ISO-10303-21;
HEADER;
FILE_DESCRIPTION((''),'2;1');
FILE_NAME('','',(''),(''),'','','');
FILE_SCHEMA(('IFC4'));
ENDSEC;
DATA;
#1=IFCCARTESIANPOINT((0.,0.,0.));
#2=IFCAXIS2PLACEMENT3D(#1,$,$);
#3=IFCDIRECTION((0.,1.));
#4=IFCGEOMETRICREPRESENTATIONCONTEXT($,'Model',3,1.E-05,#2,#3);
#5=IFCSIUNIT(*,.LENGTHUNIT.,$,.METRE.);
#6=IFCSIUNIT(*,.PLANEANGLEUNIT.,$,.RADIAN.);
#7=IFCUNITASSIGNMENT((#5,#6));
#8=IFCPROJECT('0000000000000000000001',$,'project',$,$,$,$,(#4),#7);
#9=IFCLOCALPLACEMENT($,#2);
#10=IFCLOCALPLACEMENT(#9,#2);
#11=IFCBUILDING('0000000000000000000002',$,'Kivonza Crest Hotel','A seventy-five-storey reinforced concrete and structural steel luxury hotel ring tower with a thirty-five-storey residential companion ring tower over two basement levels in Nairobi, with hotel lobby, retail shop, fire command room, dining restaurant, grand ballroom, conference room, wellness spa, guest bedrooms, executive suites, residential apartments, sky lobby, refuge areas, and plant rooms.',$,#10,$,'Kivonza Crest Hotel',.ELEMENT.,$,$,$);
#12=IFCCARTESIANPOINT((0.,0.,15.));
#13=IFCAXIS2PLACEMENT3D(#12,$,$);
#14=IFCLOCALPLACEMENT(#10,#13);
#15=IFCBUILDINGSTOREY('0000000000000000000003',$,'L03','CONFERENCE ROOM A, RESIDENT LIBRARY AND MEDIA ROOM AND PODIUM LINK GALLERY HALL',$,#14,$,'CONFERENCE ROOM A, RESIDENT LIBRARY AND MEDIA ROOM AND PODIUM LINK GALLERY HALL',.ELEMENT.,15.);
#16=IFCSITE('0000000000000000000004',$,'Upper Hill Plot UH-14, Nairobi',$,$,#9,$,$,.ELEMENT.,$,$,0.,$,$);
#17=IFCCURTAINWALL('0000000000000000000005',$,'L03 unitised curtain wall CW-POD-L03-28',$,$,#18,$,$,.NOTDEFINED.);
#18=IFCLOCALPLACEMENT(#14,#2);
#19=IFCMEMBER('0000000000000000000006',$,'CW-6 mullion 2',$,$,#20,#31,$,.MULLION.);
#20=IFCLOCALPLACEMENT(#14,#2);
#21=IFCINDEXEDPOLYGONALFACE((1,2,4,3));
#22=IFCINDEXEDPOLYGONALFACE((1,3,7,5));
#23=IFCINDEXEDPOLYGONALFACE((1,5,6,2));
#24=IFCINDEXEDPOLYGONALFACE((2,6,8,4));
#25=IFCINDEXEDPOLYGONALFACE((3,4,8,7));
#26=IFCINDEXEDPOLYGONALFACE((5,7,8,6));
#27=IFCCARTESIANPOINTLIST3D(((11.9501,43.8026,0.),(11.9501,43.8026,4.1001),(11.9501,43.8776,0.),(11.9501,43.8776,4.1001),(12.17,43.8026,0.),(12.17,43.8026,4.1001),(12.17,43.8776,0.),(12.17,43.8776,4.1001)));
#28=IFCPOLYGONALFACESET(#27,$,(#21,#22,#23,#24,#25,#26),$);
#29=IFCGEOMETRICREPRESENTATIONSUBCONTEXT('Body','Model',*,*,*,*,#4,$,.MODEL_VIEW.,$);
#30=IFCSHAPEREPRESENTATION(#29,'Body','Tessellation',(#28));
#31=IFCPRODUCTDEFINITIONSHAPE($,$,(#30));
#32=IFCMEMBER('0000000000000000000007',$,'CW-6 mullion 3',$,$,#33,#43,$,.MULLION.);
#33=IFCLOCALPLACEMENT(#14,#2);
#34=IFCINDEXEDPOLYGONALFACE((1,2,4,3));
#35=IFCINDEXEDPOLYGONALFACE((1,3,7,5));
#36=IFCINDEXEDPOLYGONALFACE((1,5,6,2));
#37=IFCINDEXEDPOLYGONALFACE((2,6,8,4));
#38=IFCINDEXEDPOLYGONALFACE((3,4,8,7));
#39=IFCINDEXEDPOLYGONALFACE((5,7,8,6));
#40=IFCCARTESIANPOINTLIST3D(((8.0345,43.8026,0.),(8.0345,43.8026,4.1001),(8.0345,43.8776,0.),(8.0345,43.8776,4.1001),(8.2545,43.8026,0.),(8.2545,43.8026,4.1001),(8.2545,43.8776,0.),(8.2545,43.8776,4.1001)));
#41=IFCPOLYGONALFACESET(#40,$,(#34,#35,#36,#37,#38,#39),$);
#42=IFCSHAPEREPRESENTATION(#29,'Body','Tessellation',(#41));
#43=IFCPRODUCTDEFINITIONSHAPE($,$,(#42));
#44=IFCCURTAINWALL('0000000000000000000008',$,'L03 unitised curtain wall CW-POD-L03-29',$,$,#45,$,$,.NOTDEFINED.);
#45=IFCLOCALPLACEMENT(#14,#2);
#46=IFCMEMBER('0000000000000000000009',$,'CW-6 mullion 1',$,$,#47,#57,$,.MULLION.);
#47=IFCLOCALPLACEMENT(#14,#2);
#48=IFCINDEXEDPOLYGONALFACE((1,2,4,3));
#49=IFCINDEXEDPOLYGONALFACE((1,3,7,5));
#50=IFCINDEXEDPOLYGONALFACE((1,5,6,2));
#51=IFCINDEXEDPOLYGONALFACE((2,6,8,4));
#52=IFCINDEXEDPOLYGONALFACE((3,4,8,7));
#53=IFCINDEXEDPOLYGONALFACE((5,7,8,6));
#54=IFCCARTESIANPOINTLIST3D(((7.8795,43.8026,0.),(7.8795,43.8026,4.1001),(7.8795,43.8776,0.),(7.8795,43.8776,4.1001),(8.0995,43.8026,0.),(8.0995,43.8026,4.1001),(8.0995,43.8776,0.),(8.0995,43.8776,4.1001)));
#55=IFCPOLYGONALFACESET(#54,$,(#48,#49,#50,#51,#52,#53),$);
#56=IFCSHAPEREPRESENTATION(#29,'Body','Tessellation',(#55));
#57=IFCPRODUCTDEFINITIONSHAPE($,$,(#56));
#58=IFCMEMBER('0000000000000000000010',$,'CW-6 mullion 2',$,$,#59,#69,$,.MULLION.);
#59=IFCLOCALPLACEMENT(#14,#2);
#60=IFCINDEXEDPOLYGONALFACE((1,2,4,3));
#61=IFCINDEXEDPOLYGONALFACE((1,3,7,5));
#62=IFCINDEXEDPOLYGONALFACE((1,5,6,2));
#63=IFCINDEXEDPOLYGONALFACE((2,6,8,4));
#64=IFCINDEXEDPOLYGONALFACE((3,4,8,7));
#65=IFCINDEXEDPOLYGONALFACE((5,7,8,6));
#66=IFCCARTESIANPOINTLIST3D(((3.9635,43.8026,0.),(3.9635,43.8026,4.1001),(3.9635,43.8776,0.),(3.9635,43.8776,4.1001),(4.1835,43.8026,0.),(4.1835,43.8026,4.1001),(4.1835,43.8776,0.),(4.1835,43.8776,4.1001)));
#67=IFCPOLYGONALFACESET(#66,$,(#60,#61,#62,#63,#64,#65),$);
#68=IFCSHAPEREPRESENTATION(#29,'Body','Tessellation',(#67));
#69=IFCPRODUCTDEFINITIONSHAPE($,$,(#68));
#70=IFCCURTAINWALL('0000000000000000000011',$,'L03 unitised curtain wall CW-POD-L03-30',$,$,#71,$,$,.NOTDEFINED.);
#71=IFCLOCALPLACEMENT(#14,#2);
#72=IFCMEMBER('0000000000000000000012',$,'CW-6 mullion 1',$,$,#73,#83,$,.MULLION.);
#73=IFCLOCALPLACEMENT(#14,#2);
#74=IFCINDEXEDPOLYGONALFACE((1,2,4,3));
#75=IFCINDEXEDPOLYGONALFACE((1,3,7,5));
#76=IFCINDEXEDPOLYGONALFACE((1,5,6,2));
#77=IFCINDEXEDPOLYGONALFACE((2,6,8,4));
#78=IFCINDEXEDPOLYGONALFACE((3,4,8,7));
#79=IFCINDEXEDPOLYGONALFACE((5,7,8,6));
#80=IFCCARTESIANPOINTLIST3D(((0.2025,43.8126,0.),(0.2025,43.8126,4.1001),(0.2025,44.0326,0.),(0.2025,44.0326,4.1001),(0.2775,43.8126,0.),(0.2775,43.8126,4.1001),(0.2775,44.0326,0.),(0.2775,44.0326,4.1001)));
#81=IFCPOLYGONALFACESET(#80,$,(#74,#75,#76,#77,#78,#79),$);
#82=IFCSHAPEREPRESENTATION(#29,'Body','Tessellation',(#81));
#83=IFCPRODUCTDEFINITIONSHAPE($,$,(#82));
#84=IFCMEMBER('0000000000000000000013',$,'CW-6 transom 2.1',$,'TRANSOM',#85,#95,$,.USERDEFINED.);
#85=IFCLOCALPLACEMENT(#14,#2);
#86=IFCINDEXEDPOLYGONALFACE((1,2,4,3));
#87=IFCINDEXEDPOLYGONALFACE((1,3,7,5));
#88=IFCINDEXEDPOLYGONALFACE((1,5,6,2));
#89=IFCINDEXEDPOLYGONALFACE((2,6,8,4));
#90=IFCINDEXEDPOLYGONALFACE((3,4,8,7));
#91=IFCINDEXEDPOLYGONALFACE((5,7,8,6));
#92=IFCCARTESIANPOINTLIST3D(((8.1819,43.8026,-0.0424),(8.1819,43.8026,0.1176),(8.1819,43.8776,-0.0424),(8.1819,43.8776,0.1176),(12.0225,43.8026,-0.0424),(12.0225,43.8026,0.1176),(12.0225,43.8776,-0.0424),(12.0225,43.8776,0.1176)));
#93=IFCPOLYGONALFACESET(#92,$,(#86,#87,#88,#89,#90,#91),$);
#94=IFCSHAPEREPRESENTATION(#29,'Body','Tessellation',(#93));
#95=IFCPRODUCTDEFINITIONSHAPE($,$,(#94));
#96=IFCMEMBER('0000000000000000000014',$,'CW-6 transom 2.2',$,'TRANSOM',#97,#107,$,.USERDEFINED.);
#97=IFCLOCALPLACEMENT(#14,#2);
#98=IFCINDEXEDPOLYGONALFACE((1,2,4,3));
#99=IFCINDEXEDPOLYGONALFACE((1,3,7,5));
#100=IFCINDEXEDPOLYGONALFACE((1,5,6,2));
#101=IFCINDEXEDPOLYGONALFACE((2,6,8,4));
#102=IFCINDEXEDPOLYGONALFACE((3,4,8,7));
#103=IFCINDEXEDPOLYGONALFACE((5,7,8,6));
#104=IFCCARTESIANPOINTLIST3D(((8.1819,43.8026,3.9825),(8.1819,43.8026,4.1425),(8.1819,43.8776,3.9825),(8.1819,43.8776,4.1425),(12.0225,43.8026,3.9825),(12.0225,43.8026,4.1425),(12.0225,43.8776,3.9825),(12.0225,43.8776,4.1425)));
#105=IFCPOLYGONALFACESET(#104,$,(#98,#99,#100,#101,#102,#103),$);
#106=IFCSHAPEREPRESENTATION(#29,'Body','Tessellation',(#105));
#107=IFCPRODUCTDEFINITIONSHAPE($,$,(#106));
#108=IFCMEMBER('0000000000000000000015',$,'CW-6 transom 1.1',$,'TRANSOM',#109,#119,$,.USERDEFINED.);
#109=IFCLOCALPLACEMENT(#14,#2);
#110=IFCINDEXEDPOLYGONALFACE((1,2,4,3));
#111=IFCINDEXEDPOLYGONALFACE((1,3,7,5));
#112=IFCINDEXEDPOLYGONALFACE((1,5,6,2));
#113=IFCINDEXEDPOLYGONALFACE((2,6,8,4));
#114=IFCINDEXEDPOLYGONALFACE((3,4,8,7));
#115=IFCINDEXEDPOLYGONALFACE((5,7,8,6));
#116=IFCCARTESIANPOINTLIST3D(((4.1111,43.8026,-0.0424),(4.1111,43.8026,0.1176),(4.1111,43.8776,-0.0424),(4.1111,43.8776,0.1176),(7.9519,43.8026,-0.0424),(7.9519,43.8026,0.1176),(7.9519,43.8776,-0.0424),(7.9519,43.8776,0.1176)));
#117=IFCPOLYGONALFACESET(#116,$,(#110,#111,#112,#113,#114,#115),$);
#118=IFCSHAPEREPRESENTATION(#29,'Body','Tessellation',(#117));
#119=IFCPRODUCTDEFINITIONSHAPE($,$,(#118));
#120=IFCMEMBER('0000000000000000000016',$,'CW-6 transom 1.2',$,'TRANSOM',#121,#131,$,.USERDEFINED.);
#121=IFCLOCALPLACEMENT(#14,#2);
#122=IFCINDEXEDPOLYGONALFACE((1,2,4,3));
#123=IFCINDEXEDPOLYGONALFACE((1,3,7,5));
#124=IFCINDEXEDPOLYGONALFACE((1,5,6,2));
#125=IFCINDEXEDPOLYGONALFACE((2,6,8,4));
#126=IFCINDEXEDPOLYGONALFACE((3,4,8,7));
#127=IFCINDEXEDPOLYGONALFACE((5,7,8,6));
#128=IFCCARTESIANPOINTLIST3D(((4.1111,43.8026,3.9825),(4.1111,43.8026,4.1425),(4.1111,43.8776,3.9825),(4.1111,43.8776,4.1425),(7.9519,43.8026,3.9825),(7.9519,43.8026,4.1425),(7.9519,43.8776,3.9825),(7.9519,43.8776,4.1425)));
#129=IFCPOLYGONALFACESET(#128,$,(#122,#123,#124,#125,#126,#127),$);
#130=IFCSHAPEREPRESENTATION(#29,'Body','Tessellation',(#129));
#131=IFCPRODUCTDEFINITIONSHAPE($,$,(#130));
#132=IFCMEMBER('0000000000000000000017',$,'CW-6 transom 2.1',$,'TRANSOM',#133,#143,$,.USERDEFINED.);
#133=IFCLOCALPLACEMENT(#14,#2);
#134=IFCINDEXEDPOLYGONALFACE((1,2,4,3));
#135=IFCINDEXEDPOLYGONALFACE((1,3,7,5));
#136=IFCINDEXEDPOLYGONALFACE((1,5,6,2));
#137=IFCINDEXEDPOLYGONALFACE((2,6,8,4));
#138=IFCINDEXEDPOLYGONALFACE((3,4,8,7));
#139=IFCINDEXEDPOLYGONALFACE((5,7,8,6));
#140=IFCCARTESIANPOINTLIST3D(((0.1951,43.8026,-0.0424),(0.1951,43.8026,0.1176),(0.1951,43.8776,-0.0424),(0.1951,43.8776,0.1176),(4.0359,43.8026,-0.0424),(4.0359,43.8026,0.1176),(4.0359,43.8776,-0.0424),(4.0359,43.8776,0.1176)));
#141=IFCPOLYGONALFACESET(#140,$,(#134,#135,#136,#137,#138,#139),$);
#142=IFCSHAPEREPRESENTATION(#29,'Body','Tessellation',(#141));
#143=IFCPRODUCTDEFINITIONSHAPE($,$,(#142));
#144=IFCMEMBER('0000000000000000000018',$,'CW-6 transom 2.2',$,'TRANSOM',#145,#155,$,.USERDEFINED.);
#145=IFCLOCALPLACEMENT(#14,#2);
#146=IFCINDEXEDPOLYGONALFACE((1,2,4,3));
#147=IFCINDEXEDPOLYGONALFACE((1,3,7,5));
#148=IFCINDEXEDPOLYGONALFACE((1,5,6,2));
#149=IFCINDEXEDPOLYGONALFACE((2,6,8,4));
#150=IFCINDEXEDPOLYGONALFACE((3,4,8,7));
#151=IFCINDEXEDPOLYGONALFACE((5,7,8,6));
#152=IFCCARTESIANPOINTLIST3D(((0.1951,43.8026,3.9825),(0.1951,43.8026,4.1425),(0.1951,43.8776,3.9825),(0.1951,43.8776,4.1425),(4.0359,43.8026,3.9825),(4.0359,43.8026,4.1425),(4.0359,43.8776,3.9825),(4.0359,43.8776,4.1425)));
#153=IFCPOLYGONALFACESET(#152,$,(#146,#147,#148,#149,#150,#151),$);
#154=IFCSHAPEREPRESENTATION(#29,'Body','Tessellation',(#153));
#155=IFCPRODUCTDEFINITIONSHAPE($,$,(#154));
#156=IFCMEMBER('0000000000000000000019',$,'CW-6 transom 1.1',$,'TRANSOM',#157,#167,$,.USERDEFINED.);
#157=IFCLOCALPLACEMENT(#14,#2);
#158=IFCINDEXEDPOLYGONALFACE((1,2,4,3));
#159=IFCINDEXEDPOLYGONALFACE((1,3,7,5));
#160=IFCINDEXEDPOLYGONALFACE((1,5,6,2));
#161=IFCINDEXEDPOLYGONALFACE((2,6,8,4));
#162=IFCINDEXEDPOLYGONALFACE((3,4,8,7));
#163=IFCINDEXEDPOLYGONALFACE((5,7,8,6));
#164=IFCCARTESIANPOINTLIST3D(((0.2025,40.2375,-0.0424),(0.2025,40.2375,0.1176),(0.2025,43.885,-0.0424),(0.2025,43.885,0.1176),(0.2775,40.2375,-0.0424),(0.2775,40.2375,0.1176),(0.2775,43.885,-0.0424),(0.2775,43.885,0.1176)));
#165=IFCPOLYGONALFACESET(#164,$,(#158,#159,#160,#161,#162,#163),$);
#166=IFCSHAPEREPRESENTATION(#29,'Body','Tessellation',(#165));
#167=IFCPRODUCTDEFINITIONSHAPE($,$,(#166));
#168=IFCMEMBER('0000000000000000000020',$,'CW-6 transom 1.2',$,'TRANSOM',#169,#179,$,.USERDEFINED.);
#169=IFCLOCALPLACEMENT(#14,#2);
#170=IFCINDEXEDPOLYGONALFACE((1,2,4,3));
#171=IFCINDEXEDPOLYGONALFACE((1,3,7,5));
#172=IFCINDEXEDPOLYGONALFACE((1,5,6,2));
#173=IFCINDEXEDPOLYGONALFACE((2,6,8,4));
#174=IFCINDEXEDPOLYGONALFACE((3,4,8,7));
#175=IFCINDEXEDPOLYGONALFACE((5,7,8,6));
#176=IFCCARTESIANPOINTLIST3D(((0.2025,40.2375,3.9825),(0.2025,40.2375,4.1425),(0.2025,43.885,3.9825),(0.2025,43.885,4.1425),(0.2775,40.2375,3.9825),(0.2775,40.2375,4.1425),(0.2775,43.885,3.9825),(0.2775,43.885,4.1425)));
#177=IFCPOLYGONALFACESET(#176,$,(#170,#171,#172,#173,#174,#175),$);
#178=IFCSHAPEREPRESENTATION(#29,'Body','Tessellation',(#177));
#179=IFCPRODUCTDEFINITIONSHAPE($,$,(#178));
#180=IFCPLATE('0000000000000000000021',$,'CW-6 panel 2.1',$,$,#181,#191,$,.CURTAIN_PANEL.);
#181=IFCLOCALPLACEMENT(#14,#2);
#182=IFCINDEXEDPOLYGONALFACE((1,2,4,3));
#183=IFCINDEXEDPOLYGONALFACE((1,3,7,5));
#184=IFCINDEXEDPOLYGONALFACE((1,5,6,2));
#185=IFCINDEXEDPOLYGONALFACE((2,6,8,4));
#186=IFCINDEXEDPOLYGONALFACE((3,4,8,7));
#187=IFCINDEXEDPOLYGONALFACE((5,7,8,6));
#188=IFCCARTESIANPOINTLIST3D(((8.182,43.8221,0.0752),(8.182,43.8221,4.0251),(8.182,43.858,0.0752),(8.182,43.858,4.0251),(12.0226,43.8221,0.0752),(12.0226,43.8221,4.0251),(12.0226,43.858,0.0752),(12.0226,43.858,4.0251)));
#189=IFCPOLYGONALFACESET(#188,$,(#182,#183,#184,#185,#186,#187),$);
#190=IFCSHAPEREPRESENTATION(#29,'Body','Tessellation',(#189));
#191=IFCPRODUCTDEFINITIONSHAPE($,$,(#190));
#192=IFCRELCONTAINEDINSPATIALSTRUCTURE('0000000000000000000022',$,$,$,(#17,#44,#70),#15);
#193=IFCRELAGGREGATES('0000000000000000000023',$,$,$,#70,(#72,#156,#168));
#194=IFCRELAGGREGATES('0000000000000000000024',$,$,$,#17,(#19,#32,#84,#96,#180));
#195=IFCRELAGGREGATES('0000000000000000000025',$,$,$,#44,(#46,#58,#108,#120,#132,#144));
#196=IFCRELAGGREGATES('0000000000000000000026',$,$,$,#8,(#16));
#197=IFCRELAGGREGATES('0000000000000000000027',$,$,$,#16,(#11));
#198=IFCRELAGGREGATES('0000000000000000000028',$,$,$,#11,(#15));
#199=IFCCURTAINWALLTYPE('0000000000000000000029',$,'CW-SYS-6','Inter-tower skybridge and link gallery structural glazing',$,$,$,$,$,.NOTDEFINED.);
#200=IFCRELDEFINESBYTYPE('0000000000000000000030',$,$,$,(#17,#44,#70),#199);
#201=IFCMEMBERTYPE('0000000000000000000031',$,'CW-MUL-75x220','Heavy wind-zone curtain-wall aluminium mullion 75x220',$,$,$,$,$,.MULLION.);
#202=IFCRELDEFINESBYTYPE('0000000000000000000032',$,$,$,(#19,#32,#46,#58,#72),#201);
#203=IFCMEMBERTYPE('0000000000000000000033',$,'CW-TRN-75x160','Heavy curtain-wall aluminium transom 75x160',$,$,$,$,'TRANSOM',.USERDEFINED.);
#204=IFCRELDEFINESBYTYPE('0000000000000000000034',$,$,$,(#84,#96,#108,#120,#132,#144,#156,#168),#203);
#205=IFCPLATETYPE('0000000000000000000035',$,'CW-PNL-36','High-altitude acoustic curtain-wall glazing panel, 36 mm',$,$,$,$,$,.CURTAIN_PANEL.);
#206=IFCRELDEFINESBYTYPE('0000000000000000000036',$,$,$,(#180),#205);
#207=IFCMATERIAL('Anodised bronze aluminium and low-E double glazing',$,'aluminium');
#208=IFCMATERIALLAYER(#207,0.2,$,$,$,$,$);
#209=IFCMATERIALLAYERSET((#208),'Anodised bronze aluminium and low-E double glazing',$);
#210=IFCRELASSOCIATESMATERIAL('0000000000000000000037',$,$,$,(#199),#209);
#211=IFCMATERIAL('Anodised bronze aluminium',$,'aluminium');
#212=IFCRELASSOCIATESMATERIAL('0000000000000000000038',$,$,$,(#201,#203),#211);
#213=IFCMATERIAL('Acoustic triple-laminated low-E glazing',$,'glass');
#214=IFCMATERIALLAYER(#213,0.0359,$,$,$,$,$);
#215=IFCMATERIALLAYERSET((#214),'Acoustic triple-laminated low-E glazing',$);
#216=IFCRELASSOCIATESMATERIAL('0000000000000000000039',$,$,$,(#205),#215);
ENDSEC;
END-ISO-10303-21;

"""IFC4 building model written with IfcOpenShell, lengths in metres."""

from ifc_helpers import new_model, si_unit, direction, frame, origin, origin_2d, place, context, subcontext, project, spatial, rectangle, extrude, material, layer, layer_set, material_profile, profile_set, type_object, element, aggregate, save


model = new_model("IFC4")

# Units and contexts
model_context = context("Model", 3, precision=1e-05, world=origin(), true_north=direction((0.0, 1.0)))
body_context = subcontext(model_context, "Body", "Model", "MODEL_VIEW")
ifc_project = project(units=[si_unit("LENGTHUNIT", "METRE"), si_unit("PLANEANGLEUNIT", "RADIAN")], contexts=[model_context])

# Site, building, storey
site_placement = place(None, origin())
site = spatial("IfcSite", under=ifc_project, at=site_placement, Name="Upper Hill Plot UH-14, Nairobi", CompositionType="ELEMENT", RefElevation=0.0)
building_placement = place(site_placement, origin())
building = spatial("IfcBuilding", under=site, at=building_placement, Name="Kivonza Crest Hotel", Description="A seventy-five-storey reinforced concrete and structural steel luxury hotel ring tower with a thirty-five-storey residential companion ring tower over two basement levels in Nairobi, with hotel lobby, retail shop, fire command room, dining restaurant, grand ballroom, conference room, wellness spa, guest bedrooms, executive suites, residential apartments, sky lobby, refuge areas, and plant rooms.", LongName="Kivonza Crest Hotel", CompositionType="ELEMENT")
storey_placement = place(building_placement, frame((0.0, 0.0, 15.0)))
storey = spatial("IfcBuildingStorey", under=building, at=storey_placement, Name="L03", Description="CONFERENCE ROOM A, RESIDENT LIBRARY AND MEDIA ROOM AND PODIUM LINK GALLERY HALL", LongName="CONFERENCE ROOM A, RESIDENT LIBRARY AND MEDIA ROOM AND PODIUM LINK GALLERY HALL", CompositionType="ELEMENT", Elevation=15.0)

# Curtain walls, members
ifc_material_1 = material(Name="Anodised bronze aluminium and low-E double glazing", Category="aluminium")
ifc_layer_1 = layer(ifc_material_1, 0.2)
ifc_layer_set_1 = layer_set([ifc_layer_1], Name="Anodised bronze aluminium and low-E double glazing")
curtain_wall_type = type_object("IfcCurtainWallType", Name="CW-SYS-6", Description="Inter-tower skybridge and link gallery structural glazing", PredefinedType="NOTDEFINED", material=ifc_layer_set_1)
curtain_wall_1_placement = place(storey_placement, origin())
curtain_wall_1 = element("IfcCurtainWall", 1, at=curtain_wall_1_placement, inside=storey, type_object=curtain_wall_type, Name="L03 unitised curtain wall CW-POD-L03-28", PredefinedType="NOTDEFINED")
ifc_material_2 = material(Name="Anodised bronze aluminium", Category="aluminium")
ifc_material_profile_1 = material_profile(ifc_material_2, rectangle(XDim=0.075, YDim=0.22, at=origin_2d()), Name="CW-M 75x220")
ifc_profile_set_1 = profile_set([ifc_material_profile_1], Name="Anodised bronze aluminium")
member_type_1 = type_object("IfcMemberType", Name="CW-MUL-75x220", Description="Heavy wind-zone curtain-wall aluminium mullion 75x220", PredefinedType="MULLION", material=ifc_profile_set_1)
member_1_placement = place(storey_placement, frame((12.0601, 43.8401, 0.0), z_axis=(0.0, 0.0, 1.0), x_axis=(0.0, -1.0, 0.0)))
member_1 = element("IfcMember", 2, at=member_1_placement, type_object=member_type_1, Name="CW-6 mullion 2", PredefinedType="MULLION", context=body_context, shape_type="SweptSolid", body=[
    extrude(rectangle(XDim=0.075, YDim=0.22, at=origin_2d()), origin(), (0.0, 0.0, 1.0), 4.1001),
])
member_2_placement = place(storey_placement, frame((8.1445, 43.8401, 0.0), z_axis=(0.0, 0.0, 1.0), x_axis=(0.0, -1.0, 0.0)))
member_2 = element("IfcMember", 3, at=member_2_placement, type_object=member_type_1, Name="CW-6 mullion 3", PredefinedType="MULLION", context=body_context, shape_type="SweptSolid", body=[
    extrude(rectangle(XDim=0.075, YDim=0.22, at=origin_2d()), origin(), (0.0, 0.0, 1.0), 4.1001),
])
curtain_wall_2_placement = place(storey_placement, origin())
curtain_wall_2 = element("IfcCurtainWall", 4, at=curtain_wall_2_placement, inside=storey, type_object=curtain_wall_type, Name="L03 unitised curtain wall CW-POD-L03-29", PredefinedType="NOTDEFINED")
member_3_placement = place(storey_placement, frame((7.9895, 43.8401, 0.0), z_axis=(0.0, 0.0, 1.0), x_axis=(0.0, -1.0, 0.0)))
member_3 = element("IfcMember", 5, at=member_3_placement, type_object=member_type_1, Name="CW-6 mullion 1", PredefinedType="MULLION", context=body_context, shape_type="SweptSolid", body=[
    extrude(rectangle(XDim=0.075, YDim=0.22, at=origin_2d()), origin(), (0.0, 0.0, 1.0), 4.1001),
])
member_4_placement = place(storey_placement, frame((4.0735, 43.8401, 0.0), z_axis=(0.0, 0.0, 1.0), x_axis=(0.0, -1.0, 0.0)))
member_4 = element("IfcMember", 6, at=member_4_placement, type_object=member_type_1, Name="CW-6 mullion 2", PredefinedType="MULLION", context=body_context, shape_type="SweptSolid", body=[
    extrude(rectangle(XDim=0.075, YDim=0.22, at=origin_2d()), origin(), (0.0, 0.0, 1.0), 4.1001),
])

# Curtain wall, member
curtain_wall_3_placement = place(storey_placement, origin())
curtain_wall_3 = element("IfcCurtainWall", 7, at=curtain_wall_3_placement, inside=storey, type_object=curtain_wall_type, Name="L03 unitised curtain wall CW-POD-L03-30", PredefinedType="NOTDEFINED")
member_5_placement = place(storey_placement, frame((0.24, 43.9226, 0.0), z_axis=(0.0, 0.0, 1.0), x_axis=(1.0, 0.0, 0.0)))
member_5 = element("IfcMember", 8, at=member_5_placement, type_object=member_type_1, Name="CW-6 mullion 1", PredefinedType="MULLION", context=body_context, shape_type="SweptSolid", body=[
    extrude(rectangle(XDim=0.075, YDim=0.22, at=origin_2d()), origin(), (0.0, 0.0, 1.0), 4.1001),
])

# Members
ifc_material_profile_2 = material_profile(ifc_material_2, rectangle(XDim=0.075, YDim=0.1599, at=origin_2d()), Name="CW-T 75x160")
ifc_profile_set_2 = profile_set([ifc_material_profile_2], Name="Anodised bronze aluminium")
member_type_2 = type_object("IfcMemberType", Name="CW-TRN-75x160", Description="Heavy curtain-wall aluminium transom 75x160", ElementType="TRANSOM", PredefinedType="USERDEFINED", material=ifc_profile_set_2)
member_6_placement = place(storey_placement, frame((12.0225, 43.8401, 0.0376), z_axis=(-1.0, 0.0, 0.0), x_axis=(0.0, -1.0, 0.0)))
member_6 = element("IfcMember", 9, at=member_6_placement, type_object=member_type_2, Name="CW-6 transom 2.1", ObjectType="TRANSOM", PredefinedType="USERDEFINED", context=body_context, shape_type="SweptSolid", body=[
    extrude(rectangle(XDim=0.075, YDim=0.1599, at=origin_2d()), origin(), (0.0, 0.0, 1.0), 3.8406),
])
member_7_placement = place(storey_placement, frame((12.0225, 43.8401, 4.0625), z_axis=(-1.0, 0.0, 0.0), x_axis=(0.0, -1.0, 0.0)))
member_7 = element("IfcMember", 10, at=member_7_placement, type_object=member_type_2, Name="CW-6 transom 2.2", ObjectType="TRANSOM", PredefinedType="USERDEFINED", context=body_context, shape_type="SweptSolid", body=[
    extrude(rectangle(XDim=0.075, YDim=0.1599, at=origin_2d()), origin(), (0.0, 0.0, 1.0), 3.8406),
])
member_8_placement = place(storey_placement, frame((7.9519, 43.8401, 0.0376), z_axis=(-1.0, 0.0, 0.0), x_axis=(0.0, -1.0, 0.0)))
member_8 = element("IfcMember", 11, at=member_8_placement, type_object=member_type_2, Name="CW-6 transom 1.1", ObjectType="TRANSOM", PredefinedType="USERDEFINED", context=body_context, shape_type="SweptSolid", body=[
    extrude(rectangle(XDim=0.075, YDim=0.1599, at=origin_2d()), origin(), (0.0, 0.0, 1.0), 3.8408),
])
member_9_placement = place(storey_placement, frame((7.9519, 43.8401, 4.0625), z_axis=(-1.0, 0.0, 0.0), x_axis=(0.0, -1.0, 0.0)))
member_9 = element("IfcMember", 12, at=member_9_placement, type_object=member_type_2, Name="CW-6 transom 1.2", ObjectType="TRANSOM", PredefinedType="USERDEFINED", context=body_context, shape_type="SweptSolid", body=[
    extrude(rectangle(XDim=0.075, YDim=0.1599, at=origin_2d()), origin(), (0.0, 0.0, 1.0), 3.8408),
])
member_10_placement = place(storey_placement, frame((4.0359, 43.8401, 0.0376), z_axis=(-1.0, 0.0, 0.0), x_axis=(0.0, -1.0, 0.0)))
member_10 = element("IfcMember", 13, at=member_10_placement, type_object=member_type_2, Name="CW-6 transom 2.1", ObjectType="TRANSOM", PredefinedType="USERDEFINED", context=body_context, shape_type="SweptSolid", body=[
    extrude(rectangle(XDim=0.075, YDim=0.1599, at=origin_2d()), origin(), (0.0, 0.0, 1.0), 3.8408),
])
member_11_placement = place(storey_placement, frame((4.0359, 43.8401, 4.0625), z_axis=(-1.0, 0.0, 0.0), x_axis=(0.0, -1.0, 0.0)))
member_11 = element("IfcMember", 14, at=member_11_placement, type_object=member_type_2, Name="CW-6 transom 2.2", ObjectType="TRANSOM", PredefinedType="USERDEFINED", context=body_context, shape_type="SweptSolid", body=[
    extrude(rectangle(XDim=0.075, YDim=0.1599, at=origin_2d()), origin(), (0.0, 0.0, 1.0), 3.8408),
])
member_12_placement = place(storey_placement, frame((0.24, 43.885, 0.0376), z_axis=(0.0, -1.0, 0.0), x_axis=(1.0, 0.0, 0.0)))
member_12 = element("IfcMember", 15, at=member_12_placement, type_object=member_type_2, Name="CW-6 transom 1.1", ObjectType="TRANSOM", PredefinedType="USERDEFINED", context=body_context, shape_type="SweptSolid", body=[
    extrude(rectangle(XDim=0.075, YDim=0.1599, at=origin_2d()), origin(), (0.0, 0.0, 1.0), 3.6475),
])
member_13_placement = place(storey_placement, frame((0.24, 43.885, 4.0625), z_axis=(0.0, -1.0, 0.0), x_axis=(1.0, 0.0, 0.0)))
member_13 = element("IfcMember", 16, at=member_13_placement, type_object=member_type_2, Name="CW-6 transom 1.2", ObjectType="TRANSOM", PredefinedType="USERDEFINED", context=body_context, shape_type="SweptSolid", body=[
    extrude(rectangle(XDim=0.075, YDim=0.1599, at=origin_2d()), origin(), (0.0, 0.0, 1.0), 3.6475),
])
aggregate(curtain_wall_3, [member_5, member_12, member_13])

# Plate
ifc_material_3 = material(Name="Acoustic triple-laminated low-E glazing", Category="glass")
ifc_layer_2 = layer(ifc_material_3, 0.0359)
ifc_layer_set_2 = layer_set([ifc_layer_2], Name="Acoustic triple-laminated low-E glazing")
plate_type = type_object("IfcPlateType", Name="CW-PNL-36", Description="High-altitude acoustic curtain-wall glazing panel, 36 mm", PredefinedType="CURTAIN_PANEL", material=ifc_layer_set_2)
plate_1_placement = place(storey_placement, frame((10.1023, 43.8401, 0.0752), z_axis=(0.0, 0.0, 1.0), x_axis=(-1.0, 0.0, 0.0)))
plate_1 = element("IfcPlate", 17, at=plate_1_placement, type_object=plate_type, Name="CW-6 panel 2.1", PredefinedType="CURTAIN_PANEL", context=body_context, shape_type="SweptSolid", body=[
    extrude(rectangle(XDim=3.8406, YDim=0.0359, at=origin_2d()), origin(), (0.0, 0.0, 1.0), 3.95),
])
aggregate(curtain_wall_1, [member_1, member_2, member_6, member_7, plate_1])
aggregate(curtain_wall_2, [member_3, member_4, member_8, member_9, member_10, member_11])

save(model, "model.ifc")
